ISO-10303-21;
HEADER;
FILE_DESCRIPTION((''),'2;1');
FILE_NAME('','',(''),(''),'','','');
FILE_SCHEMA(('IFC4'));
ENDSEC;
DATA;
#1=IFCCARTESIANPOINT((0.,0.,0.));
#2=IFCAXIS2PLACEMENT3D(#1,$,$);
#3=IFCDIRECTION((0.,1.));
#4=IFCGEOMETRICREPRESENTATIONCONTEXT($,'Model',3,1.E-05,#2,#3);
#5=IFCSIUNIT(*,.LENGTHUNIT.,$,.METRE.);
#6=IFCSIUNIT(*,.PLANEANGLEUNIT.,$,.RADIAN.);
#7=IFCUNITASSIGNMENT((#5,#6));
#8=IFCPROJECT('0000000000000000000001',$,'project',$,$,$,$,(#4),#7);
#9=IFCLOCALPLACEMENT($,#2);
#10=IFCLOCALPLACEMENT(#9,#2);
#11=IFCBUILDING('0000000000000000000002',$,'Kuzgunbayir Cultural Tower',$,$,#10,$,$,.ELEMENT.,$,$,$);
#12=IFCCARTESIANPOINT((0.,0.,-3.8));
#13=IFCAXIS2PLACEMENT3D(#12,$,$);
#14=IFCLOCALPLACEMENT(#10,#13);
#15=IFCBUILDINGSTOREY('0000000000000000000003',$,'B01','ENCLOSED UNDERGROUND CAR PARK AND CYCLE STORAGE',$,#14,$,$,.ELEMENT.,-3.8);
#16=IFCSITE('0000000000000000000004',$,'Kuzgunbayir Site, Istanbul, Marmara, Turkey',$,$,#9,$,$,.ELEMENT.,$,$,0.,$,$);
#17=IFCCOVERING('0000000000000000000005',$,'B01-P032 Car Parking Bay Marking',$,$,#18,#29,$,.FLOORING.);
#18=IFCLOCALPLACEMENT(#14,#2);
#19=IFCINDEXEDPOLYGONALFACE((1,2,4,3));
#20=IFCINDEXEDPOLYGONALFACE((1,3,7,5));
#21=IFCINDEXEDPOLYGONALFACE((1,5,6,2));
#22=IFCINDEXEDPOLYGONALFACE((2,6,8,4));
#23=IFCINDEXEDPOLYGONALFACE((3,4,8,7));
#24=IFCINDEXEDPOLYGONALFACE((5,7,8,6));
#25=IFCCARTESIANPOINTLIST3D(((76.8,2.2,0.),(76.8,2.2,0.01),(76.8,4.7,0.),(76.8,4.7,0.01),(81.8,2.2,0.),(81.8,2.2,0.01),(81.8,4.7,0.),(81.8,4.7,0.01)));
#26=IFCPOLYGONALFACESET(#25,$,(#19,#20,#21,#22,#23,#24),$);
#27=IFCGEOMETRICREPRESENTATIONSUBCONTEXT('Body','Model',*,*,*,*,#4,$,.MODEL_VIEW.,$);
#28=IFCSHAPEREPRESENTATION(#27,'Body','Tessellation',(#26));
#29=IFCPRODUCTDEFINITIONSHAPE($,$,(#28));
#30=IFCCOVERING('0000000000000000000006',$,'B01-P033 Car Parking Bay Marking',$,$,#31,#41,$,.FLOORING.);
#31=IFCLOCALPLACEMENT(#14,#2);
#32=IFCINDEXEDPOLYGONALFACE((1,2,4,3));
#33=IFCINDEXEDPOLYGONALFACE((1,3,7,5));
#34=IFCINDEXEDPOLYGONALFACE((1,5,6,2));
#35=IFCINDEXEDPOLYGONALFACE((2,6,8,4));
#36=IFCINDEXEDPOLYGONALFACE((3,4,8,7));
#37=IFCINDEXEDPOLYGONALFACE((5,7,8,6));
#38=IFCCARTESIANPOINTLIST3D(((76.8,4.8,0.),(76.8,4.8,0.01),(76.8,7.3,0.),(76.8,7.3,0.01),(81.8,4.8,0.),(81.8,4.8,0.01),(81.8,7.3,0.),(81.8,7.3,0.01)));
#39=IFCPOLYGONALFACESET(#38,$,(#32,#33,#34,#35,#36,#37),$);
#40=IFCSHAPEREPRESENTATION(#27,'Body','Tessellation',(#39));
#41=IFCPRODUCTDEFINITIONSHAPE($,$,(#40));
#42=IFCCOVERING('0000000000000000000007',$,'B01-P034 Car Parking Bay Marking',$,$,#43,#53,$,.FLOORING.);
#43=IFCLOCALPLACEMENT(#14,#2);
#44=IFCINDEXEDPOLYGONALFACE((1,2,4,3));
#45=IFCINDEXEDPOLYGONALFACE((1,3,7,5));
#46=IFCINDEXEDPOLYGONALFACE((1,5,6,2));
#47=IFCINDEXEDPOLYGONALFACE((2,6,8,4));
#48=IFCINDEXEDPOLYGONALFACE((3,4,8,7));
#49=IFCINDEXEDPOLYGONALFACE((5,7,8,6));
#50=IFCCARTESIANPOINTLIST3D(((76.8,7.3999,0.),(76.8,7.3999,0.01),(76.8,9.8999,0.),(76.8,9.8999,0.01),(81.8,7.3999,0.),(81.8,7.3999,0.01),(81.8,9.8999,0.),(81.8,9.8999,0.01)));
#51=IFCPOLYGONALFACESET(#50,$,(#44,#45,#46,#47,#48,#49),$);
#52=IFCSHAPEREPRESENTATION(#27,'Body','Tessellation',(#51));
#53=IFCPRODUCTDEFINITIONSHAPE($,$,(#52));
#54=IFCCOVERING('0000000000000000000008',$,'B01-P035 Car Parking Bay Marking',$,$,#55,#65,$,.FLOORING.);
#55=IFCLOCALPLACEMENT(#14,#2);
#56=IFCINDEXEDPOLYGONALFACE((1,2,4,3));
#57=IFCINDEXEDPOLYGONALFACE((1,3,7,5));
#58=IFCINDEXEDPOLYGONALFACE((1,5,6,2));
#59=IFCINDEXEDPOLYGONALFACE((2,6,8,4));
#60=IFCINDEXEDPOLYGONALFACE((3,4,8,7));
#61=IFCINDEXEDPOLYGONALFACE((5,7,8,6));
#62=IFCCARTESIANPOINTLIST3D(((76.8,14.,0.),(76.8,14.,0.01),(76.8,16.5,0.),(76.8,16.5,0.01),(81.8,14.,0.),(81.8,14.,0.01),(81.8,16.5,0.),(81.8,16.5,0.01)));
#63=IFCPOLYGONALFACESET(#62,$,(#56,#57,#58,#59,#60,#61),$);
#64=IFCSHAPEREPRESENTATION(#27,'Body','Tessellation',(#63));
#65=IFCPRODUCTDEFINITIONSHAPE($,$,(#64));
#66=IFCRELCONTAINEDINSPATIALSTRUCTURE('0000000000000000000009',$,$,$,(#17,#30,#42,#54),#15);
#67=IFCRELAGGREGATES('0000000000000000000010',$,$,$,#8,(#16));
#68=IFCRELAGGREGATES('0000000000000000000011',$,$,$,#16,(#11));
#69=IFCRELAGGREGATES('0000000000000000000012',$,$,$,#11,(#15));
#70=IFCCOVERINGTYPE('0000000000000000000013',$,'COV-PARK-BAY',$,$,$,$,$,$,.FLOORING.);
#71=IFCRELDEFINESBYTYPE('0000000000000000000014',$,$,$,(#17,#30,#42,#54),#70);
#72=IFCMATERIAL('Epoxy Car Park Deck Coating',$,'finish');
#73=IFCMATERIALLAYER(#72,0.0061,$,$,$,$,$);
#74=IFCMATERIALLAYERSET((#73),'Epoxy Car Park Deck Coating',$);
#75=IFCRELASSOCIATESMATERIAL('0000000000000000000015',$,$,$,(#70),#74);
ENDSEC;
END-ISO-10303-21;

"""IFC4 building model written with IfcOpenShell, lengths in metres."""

from ifc_helpers import new_model, si_unit, direction, frame, origin, place, context, subcontext, project, spatial, polyline, outline, extrude, material, layer, layer_set, type_object, element, save


model = new_model("IFC4")

# Units and contexts
model_context = context("Model", 3, precision=1e-05, world=origin(), true_north=direction((0.0, 1.0)))
body_context = subcontext(model_context, "Body", "Model", "MODEL_VIEW")
ifc_project = project(units=[si_unit("LENGTHUNIT", "METRE"), si_unit("PLANEANGLEUNIT", "RADIAN")], contexts=[model_context])

# Site, building, storey
site_placement = place(None, origin())
site = spatial("IfcSite", under=ifc_project, at=site_placement, Name="Kuzgunbayir Site, Istanbul, Marmara, Turkey", CompositionType="ELEMENT", RefElevation=0.0)
building_placement = place(site_placement, origin())
building = spatial("IfcBuilding", under=site, at=building_placement, Name="Kuzgunbayir Cultural Tower", CompositionType="ELEMENT")
storey_placement = place(building_placement, frame((0.0, 0.0, -3.8)))
storey = spatial("IfcBuildingStorey", under=building, at=storey_placement, Name="B01", Description="ENCLOSED UNDERGROUND CAR PARK AND CYCLE STORAGE", CompositionType="ELEMENT", Elevation=-3.8)

# Coverings
ifc_material_1 = material(Name="Epoxy Car Park Deck Coating", Category="finish")
ifc_layer_1 = layer(ifc_material_1, 0.0061)
ifc_layer_set_1 = layer_set([ifc_layer_1], Name="Epoxy Car Park Deck Coating")
covering_type = type_object("IfcCoveringType", Name="COV-PARK-BAY", PredefinedType="FLOORING", material=ifc_layer_set_1)
covering_1_placement = place(storey_placement, origin())
element("IfcCovering", 1, at=covering_1_placement, inside=storey, type_object=covering_type, Name="B01-P032 Car Parking Bay Marking", PredefinedType="FLOORING", context=body_context, shape_type="SweptSolid", body=[
    extrude(outline(polyline([(76.8, 2.2), (81.8, 2.2), (81.8, 4.7), (76.8, 4.7), (76.8, 2.2)])), origin(), (0.0, 0.0, 1.0), 0.01),
])
covering_2_placement = place(storey_placement, origin())
element("IfcCovering", 2, at=covering_2_placement, inside=storey, type_object=covering_type, Name="B01-P033 Car Parking Bay Marking", PredefinedType="FLOORING", context=body_context, shape_type="SweptSolid", body=[
    extrude(outline(polyline([(76.8, 4.8), (81.8, 4.8), (81.8, 7.3), (76.8, 7.3), (76.8, 4.8)])), origin(), (0.0, 0.0, 1.0), 0.01),
])
covering_3_placement = place(storey_placement, origin())
element("IfcCovering", 3, at=covering_3_placement, inside=storey, type_object=covering_type, Name="B01-P034 Car Parking Bay Marking", PredefinedType="FLOORING", context=body_context, shape_type="SweptSolid", body=[
    extrude(outline(polyline([(76.8, 7.3999), (81.8, 7.3999), (81.8, 9.8999), (76.8, 9.8999), (76.8, 7.3999)])), origin(), (0.0, 0.0, 1.0), 0.01),
])
covering_4_placement = place(storey_placement, origin())
element("IfcCovering", 4, at=covering_4_placement, inside=storey, type_object=covering_type, Name="B01-P035 Car Parking Bay Marking", PredefinedType="FLOORING", context=body_context, shape_type="SweptSolid", body=[
    extrude(outline(polyline([(76.8, 14.0), (81.8, 14.0), (81.8, 16.5), (76.8, 16.5), (76.8, 14.0)])), origin(), (0.0, 0.0, 1.0), 0.01),
])

save(model, "model.ifc")
